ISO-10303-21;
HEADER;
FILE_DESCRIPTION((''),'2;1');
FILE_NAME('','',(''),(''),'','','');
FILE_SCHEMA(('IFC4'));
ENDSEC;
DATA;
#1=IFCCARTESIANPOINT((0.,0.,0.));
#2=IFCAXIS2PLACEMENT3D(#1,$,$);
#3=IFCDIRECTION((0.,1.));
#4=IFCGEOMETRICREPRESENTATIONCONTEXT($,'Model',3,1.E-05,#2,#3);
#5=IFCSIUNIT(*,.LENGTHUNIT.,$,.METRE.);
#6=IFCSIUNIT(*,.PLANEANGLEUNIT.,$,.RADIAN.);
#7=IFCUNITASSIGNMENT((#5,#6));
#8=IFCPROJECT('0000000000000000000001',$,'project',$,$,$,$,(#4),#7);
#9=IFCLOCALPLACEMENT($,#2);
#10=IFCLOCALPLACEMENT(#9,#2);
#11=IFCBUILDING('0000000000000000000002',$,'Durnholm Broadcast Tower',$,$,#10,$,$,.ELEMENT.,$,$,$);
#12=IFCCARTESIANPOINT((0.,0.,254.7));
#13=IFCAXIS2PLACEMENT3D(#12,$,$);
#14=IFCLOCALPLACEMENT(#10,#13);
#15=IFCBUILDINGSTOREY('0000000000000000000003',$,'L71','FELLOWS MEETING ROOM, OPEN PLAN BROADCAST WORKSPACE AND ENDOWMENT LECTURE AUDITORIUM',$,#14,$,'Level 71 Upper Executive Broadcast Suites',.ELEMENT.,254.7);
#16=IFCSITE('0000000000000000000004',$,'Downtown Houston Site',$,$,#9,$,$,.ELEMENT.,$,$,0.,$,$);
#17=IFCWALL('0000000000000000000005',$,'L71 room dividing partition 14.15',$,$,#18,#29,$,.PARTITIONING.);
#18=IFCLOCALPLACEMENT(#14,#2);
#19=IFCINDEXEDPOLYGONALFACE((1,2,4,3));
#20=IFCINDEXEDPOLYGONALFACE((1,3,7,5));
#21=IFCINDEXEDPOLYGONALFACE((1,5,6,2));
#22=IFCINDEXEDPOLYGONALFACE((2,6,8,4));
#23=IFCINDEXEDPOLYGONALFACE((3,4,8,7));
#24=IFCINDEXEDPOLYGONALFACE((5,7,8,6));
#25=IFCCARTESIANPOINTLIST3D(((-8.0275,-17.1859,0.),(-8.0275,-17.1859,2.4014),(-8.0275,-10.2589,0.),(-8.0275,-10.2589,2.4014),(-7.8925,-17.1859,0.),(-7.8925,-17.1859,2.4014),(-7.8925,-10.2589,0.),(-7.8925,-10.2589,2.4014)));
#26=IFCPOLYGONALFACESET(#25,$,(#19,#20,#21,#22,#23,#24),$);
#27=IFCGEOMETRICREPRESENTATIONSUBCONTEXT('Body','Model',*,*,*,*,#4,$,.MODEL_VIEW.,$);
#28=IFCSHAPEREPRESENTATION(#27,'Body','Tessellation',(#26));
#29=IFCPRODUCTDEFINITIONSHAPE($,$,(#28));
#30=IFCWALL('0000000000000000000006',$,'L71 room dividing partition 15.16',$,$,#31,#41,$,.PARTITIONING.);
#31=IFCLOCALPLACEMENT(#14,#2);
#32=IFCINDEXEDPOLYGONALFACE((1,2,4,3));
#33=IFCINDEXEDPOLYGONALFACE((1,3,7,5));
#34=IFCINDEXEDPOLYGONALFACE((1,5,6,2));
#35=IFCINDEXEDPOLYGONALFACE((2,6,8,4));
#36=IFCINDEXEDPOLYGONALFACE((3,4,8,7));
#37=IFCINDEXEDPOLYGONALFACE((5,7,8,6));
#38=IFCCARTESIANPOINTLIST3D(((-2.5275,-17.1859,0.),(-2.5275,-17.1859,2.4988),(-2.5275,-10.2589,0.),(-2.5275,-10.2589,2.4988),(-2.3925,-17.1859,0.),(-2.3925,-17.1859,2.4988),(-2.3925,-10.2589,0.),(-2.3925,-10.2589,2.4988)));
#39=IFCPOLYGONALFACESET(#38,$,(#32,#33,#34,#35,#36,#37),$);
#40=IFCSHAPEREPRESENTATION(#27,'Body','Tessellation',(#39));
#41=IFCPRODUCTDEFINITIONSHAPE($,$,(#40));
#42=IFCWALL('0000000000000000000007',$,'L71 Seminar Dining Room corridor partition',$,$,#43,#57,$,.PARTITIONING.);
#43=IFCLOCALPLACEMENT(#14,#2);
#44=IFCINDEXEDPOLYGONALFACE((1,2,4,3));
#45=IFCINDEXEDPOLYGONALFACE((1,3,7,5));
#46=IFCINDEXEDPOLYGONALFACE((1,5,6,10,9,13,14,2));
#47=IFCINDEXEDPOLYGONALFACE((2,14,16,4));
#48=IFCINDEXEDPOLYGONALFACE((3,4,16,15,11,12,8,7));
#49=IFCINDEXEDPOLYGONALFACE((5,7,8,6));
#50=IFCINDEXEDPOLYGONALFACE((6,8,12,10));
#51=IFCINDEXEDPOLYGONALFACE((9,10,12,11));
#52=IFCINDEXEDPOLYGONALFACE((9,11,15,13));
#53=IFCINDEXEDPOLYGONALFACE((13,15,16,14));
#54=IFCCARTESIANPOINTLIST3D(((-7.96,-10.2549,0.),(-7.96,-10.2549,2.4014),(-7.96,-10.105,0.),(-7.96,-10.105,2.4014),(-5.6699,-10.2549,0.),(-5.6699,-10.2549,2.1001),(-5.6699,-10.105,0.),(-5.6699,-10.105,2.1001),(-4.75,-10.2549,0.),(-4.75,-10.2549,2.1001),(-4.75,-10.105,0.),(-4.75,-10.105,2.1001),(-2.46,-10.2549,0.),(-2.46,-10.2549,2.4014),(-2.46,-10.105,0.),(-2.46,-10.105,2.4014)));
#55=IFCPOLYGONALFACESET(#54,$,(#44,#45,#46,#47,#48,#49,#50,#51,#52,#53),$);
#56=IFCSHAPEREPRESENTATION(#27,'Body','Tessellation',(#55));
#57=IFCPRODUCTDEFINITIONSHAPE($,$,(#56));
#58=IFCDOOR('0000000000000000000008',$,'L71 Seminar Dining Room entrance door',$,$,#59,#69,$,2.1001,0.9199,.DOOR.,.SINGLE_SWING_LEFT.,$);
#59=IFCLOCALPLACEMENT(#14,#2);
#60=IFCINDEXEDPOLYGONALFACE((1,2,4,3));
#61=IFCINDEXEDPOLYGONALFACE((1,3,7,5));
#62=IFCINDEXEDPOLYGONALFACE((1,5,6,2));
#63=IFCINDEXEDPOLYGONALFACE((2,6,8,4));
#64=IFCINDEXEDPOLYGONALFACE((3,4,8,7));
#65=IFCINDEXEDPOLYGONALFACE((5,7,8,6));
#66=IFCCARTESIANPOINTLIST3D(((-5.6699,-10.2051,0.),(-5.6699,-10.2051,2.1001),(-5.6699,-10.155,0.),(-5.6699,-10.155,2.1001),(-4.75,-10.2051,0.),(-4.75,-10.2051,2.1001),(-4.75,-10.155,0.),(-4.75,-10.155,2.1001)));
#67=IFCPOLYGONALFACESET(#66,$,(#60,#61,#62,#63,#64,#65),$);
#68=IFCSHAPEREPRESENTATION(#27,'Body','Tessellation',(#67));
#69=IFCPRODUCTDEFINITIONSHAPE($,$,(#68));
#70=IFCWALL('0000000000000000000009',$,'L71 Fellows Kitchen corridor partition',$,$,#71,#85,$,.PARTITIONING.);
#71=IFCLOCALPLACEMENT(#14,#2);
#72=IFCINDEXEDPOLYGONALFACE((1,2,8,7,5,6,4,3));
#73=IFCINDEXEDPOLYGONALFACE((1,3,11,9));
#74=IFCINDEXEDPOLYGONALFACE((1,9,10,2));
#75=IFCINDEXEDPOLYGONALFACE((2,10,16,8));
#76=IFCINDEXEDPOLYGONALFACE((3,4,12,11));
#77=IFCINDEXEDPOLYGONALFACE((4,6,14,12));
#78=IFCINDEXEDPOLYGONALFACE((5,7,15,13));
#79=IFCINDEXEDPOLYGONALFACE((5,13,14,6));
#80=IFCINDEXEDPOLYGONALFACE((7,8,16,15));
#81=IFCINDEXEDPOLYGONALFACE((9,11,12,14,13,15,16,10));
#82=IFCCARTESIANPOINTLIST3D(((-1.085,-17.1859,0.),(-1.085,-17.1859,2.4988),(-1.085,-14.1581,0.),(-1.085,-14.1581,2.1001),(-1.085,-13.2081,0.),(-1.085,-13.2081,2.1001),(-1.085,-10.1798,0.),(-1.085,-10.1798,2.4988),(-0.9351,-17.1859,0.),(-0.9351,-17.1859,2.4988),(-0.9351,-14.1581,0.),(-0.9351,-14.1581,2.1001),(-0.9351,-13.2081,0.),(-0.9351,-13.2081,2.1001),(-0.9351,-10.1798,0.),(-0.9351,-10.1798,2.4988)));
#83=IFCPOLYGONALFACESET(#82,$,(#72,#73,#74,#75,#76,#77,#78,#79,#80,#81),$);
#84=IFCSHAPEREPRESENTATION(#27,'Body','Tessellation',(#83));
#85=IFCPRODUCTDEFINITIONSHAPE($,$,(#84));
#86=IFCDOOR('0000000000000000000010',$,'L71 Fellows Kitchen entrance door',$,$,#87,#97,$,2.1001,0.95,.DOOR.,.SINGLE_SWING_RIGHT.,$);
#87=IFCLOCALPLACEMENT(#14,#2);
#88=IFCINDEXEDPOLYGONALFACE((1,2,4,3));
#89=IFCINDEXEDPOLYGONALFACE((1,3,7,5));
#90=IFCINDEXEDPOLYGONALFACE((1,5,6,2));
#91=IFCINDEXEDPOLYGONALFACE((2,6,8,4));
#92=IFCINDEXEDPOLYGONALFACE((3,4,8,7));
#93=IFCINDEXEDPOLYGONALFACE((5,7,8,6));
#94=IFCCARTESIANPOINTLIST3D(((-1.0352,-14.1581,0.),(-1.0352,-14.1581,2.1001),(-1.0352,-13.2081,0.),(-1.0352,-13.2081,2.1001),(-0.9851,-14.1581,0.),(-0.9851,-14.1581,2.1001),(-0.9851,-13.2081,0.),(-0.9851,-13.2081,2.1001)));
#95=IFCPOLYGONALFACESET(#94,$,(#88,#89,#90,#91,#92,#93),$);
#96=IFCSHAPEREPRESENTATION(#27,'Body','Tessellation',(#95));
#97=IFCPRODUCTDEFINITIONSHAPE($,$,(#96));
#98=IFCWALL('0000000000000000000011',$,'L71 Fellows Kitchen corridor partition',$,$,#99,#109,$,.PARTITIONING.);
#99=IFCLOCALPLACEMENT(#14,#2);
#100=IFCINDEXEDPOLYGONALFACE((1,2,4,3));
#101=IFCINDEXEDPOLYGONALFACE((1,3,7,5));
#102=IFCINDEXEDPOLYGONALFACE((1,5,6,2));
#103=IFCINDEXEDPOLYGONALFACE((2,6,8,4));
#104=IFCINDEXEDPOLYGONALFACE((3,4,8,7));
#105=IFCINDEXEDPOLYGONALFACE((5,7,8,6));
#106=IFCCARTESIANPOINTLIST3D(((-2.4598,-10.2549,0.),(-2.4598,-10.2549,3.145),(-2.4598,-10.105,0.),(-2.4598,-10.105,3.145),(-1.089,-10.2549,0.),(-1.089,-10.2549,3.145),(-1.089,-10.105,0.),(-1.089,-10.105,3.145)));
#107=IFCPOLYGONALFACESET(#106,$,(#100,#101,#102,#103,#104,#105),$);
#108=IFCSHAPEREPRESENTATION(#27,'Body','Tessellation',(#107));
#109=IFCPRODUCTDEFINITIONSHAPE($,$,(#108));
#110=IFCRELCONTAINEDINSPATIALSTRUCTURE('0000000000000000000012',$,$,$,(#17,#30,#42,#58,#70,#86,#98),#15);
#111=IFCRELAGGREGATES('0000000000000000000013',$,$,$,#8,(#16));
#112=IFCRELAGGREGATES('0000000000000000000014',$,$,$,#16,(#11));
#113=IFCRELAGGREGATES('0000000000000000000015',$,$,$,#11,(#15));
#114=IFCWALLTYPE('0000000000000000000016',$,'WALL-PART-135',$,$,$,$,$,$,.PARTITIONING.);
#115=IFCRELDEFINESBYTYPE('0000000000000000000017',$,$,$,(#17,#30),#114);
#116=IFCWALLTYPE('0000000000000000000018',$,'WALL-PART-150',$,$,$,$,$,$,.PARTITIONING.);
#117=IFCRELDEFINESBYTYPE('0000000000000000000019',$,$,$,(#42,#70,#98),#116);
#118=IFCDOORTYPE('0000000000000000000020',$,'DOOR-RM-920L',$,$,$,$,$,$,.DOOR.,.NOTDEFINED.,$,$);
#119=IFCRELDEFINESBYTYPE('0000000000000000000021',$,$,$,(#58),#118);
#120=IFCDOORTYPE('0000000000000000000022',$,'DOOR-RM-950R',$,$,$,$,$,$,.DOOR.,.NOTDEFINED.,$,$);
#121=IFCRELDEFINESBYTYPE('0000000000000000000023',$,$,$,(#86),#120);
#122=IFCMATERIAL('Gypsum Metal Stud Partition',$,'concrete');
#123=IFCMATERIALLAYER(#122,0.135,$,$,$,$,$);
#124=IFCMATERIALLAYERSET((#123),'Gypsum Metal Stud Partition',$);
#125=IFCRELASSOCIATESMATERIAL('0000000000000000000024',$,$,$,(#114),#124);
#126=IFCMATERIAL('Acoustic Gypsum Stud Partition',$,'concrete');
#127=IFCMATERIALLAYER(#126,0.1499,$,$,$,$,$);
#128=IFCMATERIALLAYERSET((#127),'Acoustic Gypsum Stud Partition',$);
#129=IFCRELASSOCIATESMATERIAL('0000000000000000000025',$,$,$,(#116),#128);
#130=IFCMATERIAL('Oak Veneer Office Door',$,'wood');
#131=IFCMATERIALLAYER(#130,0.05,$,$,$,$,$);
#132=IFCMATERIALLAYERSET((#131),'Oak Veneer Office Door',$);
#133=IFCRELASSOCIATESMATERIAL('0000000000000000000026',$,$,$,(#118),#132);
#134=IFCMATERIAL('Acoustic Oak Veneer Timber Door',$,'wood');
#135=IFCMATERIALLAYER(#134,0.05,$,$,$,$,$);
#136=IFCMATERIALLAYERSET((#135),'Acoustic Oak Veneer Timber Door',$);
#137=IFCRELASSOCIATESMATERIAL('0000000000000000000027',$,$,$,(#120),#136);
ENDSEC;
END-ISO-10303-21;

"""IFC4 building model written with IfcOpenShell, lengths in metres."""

from ifc_helpers import new_model, si_unit, direction, frame, frame_2d, origin, place, context, subcontext, project, spatial, rectangle, extrude, source, transform, mapped, material, layer, layer_set, type_object, type_shapes, element, fill, save


model = new_model("IFC4")

# Units and contexts
model_context = context("Model", 3, precision=1e-05, world=origin(), true_north=direction((0.0, 1.0)))
body_context = subcontext(model_context, "Body", "Model", "MODEL_VIEW")
ifc_project = project(units=[si_unit("LENGTHUNIT", "METRE"), si_unit("PLANEANGLEUNIT", "RADIAN")], contexts=[model_context])

# Site, building, storey
site_placement = place(None, origin())
site = spatial("IfcSite", under=ifc_project, at=site_placement, Name="Downtown Houston Site", CompositionType="ELEMENT", RefElevation=0.0)
building_placement = place(site_placement, origin())
building = spatial("IfcBuilding", under=site, at=building_placement, Name="Durnholm Broadcast Tower", CompositionType="ELEMENT")
storey_placement = place(building_placement, frame((0.0, 0.0, 254.7)))
storey = spatial("IfcBuildingStorey", under=building, at=storey_placement, Name="L71", Description="FELLOWS MEETING ROOM, OPEN PLAN BROADCAST WORKSPACE AND ENDOWMENT LECTURE AUDITORIUM", LongName="Level 71 Upper Executive Broadcast Suites", CompositionType="ELEMENT", Elevation=254.7)

# Walls
ifc_material_1 = material(Name="Gypsum Metal Stud Partition", Category="concrete")
ifc_layer_1 = layer(ifc_material_1, 0.135)
ifc_layer_set_1 = layer_set([ifc_layer_1], Name="Gypsum Metal Stud Partition")
wall_type_1 = type_object("IfcWallType", Name="WALL-PART-135", PredefinedType="PARTITIONING", material=ifc_layer_set_1)
wall_1_placement = place(storey_placement, frame((-7.96, -10.259, 0.0), z_axis=(0.0, 0.0, 1.0), x_axis=(0.0, -1.0, 0.0)))
element("IfcWall", 1, at=wall_1_placement, inside=storey, type_object=wall_type_1, Name="L71 room dividing partition 14.15", PredefinedType="PARTITIONING", context=body_context, shape_type="SweptSolid", body=[
    extrude(rectangle(XDim=6.927, YDim=0.135, at=frame_2d((3.4634, 0.0))), origin(), (0.0, 0.0, 1.0), 2.4014),
])
wall_2_placement = place(storey_placement, frame((-2.46, -10.259, 0.0), z_axis=(0.0, 0.0, 1.0), x_axis=(0.0, -1.0, 0.0)))
element("IfcWall", 2, at=wall_2_placement, inside=storey, type_object=wall_type_1, Name="L71 room dividing partition 15.16", PredefinedType="PARTITIONING", context=body_context, shape_type="SweptSolid", body=[
    extrude(rectangle(XDim=6.927, YDim=0.135, at=frame_2d((3.4634, 0.0))), origin(), (0.0, 0.0, 1.0), 2.4988),
])

# Walls, openings, doors
ifc_material_2 = material(Name="Acoustic Gypsum Stud Partition", Category="concrete")
ifc_layer_2 = layer(ifc_material_2, 0.1499)
ifc_layer_set_2 = layer_set([ifc_layer_2], Name="Acoustic Gypsum Stud Partition")
wall_type_2 = type_object("IfcWallType", Name="WALL-PART-150", PredefinedType="PARTITIONING", material=ifc_layer_set_2)
wall_3_placement = place(storey_placement, frame((-7.96, -10.1799, 0.0), z_axis=(0.0, 0.0, 1.0), x_axis=(1.0, 0.0, 0.0)))
wall_3 = element("IfcWall", 3, at=wall_3_placement, inside=storey, type_object=wall_type_2, Name="L71 Seminar Dining Room corridor partition", PredefinedType="PARTITIONING", context=body_context, shape_type="SweptSolid", body=[
    extrude(rectangle(XDim=5.5, YDim=0.1499, at=frame_2d((2.75, 0.0))), origin(), (0.0, 0.0, 1.0), 2.4014),
])
opening_1_placement = place(wall_3_placement, frame((2.29, 0.0, 0.0)))
opening_1 = element("IfcOpeningElement", 4, at=opening_1_placement, cuts=wall_3, PredefinedType="OPENING", context=body_context, shape_type="SweptSolid", body=[
    extrude(rectangle(XDim=0.9199, YDim=2.1001, at=frame_2d((0.46, 1.05))), frame((0.0, 0.085, 0.0), z_axis=(0.0, -1.0, 0.0), x_axis=(1.0, 0.0, 0.0)), (0.0, 0.0, 1.0), 0.1699),
])
ifc_material_3 = material(Name="Oak Veneer Office Door", Category="wood")
ifc_layer_3 = layer(ifc_material_3, 0.05)
ifc_layer_set_3 = layer_set([ifc_layer_3], Name="Oak Veneer Office Door")
door_type_1 = type_object("IfcDoorType", Name="DOOR-RM-920L", OperationType="NOTDEFINED", PredefinedType="DOOR", material=ifc_layer_set_3)
shared_shape_1 = source(origin(), body_context, "Body", "SweptSolid", [
    extrude(rectangle(XDim=0.9199, YDim=2.1001, at=frame_2d((0.46, 1.05))), frame((0.0, 0.0249, 0.0), z_axis=(0.0, -1.0, 0.0), x_axis=(1.0, 0.0, 0.0)), (0.0, 0.0, 1.0), 0.05),
])
type_shapes(door_type_1, [shared_shape_1])
door_1_placement = place(opening_1_placement, origin())
door_1 = element("IfcDoor", 5, at=door_1_placement, inside=storey, type_object=door_type_1, Name="L71 Seminar Dining Room entrance door", OperationType="SINGLE_SWING_LEFT", OverallHeight=2.1001, OverallWidth=0.9199, PredefinedType="DOOR", context=body_context, shape_type="MappedRepresentation", body=[
    mapped(shared_shape_1, transform((0.0, 0.0, 0.0), x_axis=(1.0, 0.0, 0.0), y_axis=(0.0, 1.0, 0.0), z_axis=(0.0, 0.0, 1.0), scale=1.0)),
])
fill(opening_1, door_1)
wall_4_placement = place(storey_placement, frame((-1.01, -10.1799, 0.0), z_axis=(0.0, 0.0, 1.0), x_axis=(0.0, -1.0, 0.0)))
wall_4 = element("IfcWall", 6, at=wall_4_placement, inside=storey, type_object=wall_type_2, Name="L71 Fellows Kitchen corridor partition", PredefinedType="PARTITIONING", context=body_context, shape_type="SweptSolid", body=[
    extrude(rectangle(XDim=7.0061, YDim=0.1499, at=frame_2d((3.5029, 0.0))), origin(), (0.0, 0.0, 1.0), 2.4988),
])
opening_2_placement = place(wall_4_placement, frame((3.0281, 0.0, 0.0)))
opening_2 = element("IfcOpeningElement", 7, at=opening_2_placement, cuts=wall_4, PredefinedType="OPENING", context=body_context, shape_type="SweptSolid", body=[
    extrude(rectangle(XDim=0.95, YDim=2.1001, at=frame_2d((0.4751, 1.05))), frame((0.0, 0.085, 0.0), z_axis=(0.0, -1.0, 0.0), x_axis=(1.0, 0.0, 0.0)), (0.0, 0.0, 1.0), 0.1699),
])
ifc_material_4 = material(Name="Acoustic Oak Veneer Timber Door", Category="wood")
ifc_layer_4 = layer(ifc_material_4, 0.05)
ifc_layer_set_4 = layer_set([ifc_layer_4], Name="Acoustic Oak Veneer Timber Door")
door_type_2 = type_object("IfcDoorType", Name="DOOR-RM-950R", OperationType="NOTDEFINED", PredefinedType="DOOR", material=ifc_layer_set_4)
shared_shape_2 = source(origin(), body_context, "Body", "SweptSolid", [
    extrude(rectangle(XDim=0.95, YDim=2.1001, at=frame_2d((0.4751, 1.05))), frame((0.0, 0.0249, 0.0), z_axis=(0.0, -1.0, 0.0), x_axis=(1.0, 0.0, 0.0)), (0.0, 0.0, 1.0), 0.05),
])
type_shapes(door_type_2, [shared_shape_2])
door_2_placement = place(opening_2_placement, origin())
door_2 = element("IfcDoor", 8, at=door_2_placement, inside=storey, type_object=door_type_2, Name="L71 Fellows Kitchen entrance door", OperationType="SINGLE_SWING_RIGHT", OverallHeight=2.1001, OverallWidth=0.95, PredefinedType="DOOR", context=body_context, shape_type="MappedRepresentation", body=[
    mapped(shared_shape_2, transform((0.0, 0.0, 0.0), x_axis=(1.0, 0.0, 0.0), y_axis=(0.0, 1.0, 0.0), z_axis=(0.0, 0.0, 1.0), scale=1.0)),
])
fill(opening_2, door_2)

# Wall
wall_5_placement = place(storey_placement, frame((-2.46, -10.1799, 0.0), z_axis=(0.0, 0.0, 1.0), x_axis=(1.0, 0.0, 0.0)))
element("IfcWall", 9, at=wall_5_placement, inside=storey, type_object=wall_type_2, Name="L71 Fellows Kitchen corridor partition", PredefinedType="PARTITIONING", context=body_context, shape_type="SweptSolid", body=[
    extrude(rectangle(XDim=1.3708, YDim=0.1499, at=frame_2d((0.6855, 0.0))), origin(), (0.0, 0.0, 1.0), 3.145),
])

save(model, "model.ifc")
